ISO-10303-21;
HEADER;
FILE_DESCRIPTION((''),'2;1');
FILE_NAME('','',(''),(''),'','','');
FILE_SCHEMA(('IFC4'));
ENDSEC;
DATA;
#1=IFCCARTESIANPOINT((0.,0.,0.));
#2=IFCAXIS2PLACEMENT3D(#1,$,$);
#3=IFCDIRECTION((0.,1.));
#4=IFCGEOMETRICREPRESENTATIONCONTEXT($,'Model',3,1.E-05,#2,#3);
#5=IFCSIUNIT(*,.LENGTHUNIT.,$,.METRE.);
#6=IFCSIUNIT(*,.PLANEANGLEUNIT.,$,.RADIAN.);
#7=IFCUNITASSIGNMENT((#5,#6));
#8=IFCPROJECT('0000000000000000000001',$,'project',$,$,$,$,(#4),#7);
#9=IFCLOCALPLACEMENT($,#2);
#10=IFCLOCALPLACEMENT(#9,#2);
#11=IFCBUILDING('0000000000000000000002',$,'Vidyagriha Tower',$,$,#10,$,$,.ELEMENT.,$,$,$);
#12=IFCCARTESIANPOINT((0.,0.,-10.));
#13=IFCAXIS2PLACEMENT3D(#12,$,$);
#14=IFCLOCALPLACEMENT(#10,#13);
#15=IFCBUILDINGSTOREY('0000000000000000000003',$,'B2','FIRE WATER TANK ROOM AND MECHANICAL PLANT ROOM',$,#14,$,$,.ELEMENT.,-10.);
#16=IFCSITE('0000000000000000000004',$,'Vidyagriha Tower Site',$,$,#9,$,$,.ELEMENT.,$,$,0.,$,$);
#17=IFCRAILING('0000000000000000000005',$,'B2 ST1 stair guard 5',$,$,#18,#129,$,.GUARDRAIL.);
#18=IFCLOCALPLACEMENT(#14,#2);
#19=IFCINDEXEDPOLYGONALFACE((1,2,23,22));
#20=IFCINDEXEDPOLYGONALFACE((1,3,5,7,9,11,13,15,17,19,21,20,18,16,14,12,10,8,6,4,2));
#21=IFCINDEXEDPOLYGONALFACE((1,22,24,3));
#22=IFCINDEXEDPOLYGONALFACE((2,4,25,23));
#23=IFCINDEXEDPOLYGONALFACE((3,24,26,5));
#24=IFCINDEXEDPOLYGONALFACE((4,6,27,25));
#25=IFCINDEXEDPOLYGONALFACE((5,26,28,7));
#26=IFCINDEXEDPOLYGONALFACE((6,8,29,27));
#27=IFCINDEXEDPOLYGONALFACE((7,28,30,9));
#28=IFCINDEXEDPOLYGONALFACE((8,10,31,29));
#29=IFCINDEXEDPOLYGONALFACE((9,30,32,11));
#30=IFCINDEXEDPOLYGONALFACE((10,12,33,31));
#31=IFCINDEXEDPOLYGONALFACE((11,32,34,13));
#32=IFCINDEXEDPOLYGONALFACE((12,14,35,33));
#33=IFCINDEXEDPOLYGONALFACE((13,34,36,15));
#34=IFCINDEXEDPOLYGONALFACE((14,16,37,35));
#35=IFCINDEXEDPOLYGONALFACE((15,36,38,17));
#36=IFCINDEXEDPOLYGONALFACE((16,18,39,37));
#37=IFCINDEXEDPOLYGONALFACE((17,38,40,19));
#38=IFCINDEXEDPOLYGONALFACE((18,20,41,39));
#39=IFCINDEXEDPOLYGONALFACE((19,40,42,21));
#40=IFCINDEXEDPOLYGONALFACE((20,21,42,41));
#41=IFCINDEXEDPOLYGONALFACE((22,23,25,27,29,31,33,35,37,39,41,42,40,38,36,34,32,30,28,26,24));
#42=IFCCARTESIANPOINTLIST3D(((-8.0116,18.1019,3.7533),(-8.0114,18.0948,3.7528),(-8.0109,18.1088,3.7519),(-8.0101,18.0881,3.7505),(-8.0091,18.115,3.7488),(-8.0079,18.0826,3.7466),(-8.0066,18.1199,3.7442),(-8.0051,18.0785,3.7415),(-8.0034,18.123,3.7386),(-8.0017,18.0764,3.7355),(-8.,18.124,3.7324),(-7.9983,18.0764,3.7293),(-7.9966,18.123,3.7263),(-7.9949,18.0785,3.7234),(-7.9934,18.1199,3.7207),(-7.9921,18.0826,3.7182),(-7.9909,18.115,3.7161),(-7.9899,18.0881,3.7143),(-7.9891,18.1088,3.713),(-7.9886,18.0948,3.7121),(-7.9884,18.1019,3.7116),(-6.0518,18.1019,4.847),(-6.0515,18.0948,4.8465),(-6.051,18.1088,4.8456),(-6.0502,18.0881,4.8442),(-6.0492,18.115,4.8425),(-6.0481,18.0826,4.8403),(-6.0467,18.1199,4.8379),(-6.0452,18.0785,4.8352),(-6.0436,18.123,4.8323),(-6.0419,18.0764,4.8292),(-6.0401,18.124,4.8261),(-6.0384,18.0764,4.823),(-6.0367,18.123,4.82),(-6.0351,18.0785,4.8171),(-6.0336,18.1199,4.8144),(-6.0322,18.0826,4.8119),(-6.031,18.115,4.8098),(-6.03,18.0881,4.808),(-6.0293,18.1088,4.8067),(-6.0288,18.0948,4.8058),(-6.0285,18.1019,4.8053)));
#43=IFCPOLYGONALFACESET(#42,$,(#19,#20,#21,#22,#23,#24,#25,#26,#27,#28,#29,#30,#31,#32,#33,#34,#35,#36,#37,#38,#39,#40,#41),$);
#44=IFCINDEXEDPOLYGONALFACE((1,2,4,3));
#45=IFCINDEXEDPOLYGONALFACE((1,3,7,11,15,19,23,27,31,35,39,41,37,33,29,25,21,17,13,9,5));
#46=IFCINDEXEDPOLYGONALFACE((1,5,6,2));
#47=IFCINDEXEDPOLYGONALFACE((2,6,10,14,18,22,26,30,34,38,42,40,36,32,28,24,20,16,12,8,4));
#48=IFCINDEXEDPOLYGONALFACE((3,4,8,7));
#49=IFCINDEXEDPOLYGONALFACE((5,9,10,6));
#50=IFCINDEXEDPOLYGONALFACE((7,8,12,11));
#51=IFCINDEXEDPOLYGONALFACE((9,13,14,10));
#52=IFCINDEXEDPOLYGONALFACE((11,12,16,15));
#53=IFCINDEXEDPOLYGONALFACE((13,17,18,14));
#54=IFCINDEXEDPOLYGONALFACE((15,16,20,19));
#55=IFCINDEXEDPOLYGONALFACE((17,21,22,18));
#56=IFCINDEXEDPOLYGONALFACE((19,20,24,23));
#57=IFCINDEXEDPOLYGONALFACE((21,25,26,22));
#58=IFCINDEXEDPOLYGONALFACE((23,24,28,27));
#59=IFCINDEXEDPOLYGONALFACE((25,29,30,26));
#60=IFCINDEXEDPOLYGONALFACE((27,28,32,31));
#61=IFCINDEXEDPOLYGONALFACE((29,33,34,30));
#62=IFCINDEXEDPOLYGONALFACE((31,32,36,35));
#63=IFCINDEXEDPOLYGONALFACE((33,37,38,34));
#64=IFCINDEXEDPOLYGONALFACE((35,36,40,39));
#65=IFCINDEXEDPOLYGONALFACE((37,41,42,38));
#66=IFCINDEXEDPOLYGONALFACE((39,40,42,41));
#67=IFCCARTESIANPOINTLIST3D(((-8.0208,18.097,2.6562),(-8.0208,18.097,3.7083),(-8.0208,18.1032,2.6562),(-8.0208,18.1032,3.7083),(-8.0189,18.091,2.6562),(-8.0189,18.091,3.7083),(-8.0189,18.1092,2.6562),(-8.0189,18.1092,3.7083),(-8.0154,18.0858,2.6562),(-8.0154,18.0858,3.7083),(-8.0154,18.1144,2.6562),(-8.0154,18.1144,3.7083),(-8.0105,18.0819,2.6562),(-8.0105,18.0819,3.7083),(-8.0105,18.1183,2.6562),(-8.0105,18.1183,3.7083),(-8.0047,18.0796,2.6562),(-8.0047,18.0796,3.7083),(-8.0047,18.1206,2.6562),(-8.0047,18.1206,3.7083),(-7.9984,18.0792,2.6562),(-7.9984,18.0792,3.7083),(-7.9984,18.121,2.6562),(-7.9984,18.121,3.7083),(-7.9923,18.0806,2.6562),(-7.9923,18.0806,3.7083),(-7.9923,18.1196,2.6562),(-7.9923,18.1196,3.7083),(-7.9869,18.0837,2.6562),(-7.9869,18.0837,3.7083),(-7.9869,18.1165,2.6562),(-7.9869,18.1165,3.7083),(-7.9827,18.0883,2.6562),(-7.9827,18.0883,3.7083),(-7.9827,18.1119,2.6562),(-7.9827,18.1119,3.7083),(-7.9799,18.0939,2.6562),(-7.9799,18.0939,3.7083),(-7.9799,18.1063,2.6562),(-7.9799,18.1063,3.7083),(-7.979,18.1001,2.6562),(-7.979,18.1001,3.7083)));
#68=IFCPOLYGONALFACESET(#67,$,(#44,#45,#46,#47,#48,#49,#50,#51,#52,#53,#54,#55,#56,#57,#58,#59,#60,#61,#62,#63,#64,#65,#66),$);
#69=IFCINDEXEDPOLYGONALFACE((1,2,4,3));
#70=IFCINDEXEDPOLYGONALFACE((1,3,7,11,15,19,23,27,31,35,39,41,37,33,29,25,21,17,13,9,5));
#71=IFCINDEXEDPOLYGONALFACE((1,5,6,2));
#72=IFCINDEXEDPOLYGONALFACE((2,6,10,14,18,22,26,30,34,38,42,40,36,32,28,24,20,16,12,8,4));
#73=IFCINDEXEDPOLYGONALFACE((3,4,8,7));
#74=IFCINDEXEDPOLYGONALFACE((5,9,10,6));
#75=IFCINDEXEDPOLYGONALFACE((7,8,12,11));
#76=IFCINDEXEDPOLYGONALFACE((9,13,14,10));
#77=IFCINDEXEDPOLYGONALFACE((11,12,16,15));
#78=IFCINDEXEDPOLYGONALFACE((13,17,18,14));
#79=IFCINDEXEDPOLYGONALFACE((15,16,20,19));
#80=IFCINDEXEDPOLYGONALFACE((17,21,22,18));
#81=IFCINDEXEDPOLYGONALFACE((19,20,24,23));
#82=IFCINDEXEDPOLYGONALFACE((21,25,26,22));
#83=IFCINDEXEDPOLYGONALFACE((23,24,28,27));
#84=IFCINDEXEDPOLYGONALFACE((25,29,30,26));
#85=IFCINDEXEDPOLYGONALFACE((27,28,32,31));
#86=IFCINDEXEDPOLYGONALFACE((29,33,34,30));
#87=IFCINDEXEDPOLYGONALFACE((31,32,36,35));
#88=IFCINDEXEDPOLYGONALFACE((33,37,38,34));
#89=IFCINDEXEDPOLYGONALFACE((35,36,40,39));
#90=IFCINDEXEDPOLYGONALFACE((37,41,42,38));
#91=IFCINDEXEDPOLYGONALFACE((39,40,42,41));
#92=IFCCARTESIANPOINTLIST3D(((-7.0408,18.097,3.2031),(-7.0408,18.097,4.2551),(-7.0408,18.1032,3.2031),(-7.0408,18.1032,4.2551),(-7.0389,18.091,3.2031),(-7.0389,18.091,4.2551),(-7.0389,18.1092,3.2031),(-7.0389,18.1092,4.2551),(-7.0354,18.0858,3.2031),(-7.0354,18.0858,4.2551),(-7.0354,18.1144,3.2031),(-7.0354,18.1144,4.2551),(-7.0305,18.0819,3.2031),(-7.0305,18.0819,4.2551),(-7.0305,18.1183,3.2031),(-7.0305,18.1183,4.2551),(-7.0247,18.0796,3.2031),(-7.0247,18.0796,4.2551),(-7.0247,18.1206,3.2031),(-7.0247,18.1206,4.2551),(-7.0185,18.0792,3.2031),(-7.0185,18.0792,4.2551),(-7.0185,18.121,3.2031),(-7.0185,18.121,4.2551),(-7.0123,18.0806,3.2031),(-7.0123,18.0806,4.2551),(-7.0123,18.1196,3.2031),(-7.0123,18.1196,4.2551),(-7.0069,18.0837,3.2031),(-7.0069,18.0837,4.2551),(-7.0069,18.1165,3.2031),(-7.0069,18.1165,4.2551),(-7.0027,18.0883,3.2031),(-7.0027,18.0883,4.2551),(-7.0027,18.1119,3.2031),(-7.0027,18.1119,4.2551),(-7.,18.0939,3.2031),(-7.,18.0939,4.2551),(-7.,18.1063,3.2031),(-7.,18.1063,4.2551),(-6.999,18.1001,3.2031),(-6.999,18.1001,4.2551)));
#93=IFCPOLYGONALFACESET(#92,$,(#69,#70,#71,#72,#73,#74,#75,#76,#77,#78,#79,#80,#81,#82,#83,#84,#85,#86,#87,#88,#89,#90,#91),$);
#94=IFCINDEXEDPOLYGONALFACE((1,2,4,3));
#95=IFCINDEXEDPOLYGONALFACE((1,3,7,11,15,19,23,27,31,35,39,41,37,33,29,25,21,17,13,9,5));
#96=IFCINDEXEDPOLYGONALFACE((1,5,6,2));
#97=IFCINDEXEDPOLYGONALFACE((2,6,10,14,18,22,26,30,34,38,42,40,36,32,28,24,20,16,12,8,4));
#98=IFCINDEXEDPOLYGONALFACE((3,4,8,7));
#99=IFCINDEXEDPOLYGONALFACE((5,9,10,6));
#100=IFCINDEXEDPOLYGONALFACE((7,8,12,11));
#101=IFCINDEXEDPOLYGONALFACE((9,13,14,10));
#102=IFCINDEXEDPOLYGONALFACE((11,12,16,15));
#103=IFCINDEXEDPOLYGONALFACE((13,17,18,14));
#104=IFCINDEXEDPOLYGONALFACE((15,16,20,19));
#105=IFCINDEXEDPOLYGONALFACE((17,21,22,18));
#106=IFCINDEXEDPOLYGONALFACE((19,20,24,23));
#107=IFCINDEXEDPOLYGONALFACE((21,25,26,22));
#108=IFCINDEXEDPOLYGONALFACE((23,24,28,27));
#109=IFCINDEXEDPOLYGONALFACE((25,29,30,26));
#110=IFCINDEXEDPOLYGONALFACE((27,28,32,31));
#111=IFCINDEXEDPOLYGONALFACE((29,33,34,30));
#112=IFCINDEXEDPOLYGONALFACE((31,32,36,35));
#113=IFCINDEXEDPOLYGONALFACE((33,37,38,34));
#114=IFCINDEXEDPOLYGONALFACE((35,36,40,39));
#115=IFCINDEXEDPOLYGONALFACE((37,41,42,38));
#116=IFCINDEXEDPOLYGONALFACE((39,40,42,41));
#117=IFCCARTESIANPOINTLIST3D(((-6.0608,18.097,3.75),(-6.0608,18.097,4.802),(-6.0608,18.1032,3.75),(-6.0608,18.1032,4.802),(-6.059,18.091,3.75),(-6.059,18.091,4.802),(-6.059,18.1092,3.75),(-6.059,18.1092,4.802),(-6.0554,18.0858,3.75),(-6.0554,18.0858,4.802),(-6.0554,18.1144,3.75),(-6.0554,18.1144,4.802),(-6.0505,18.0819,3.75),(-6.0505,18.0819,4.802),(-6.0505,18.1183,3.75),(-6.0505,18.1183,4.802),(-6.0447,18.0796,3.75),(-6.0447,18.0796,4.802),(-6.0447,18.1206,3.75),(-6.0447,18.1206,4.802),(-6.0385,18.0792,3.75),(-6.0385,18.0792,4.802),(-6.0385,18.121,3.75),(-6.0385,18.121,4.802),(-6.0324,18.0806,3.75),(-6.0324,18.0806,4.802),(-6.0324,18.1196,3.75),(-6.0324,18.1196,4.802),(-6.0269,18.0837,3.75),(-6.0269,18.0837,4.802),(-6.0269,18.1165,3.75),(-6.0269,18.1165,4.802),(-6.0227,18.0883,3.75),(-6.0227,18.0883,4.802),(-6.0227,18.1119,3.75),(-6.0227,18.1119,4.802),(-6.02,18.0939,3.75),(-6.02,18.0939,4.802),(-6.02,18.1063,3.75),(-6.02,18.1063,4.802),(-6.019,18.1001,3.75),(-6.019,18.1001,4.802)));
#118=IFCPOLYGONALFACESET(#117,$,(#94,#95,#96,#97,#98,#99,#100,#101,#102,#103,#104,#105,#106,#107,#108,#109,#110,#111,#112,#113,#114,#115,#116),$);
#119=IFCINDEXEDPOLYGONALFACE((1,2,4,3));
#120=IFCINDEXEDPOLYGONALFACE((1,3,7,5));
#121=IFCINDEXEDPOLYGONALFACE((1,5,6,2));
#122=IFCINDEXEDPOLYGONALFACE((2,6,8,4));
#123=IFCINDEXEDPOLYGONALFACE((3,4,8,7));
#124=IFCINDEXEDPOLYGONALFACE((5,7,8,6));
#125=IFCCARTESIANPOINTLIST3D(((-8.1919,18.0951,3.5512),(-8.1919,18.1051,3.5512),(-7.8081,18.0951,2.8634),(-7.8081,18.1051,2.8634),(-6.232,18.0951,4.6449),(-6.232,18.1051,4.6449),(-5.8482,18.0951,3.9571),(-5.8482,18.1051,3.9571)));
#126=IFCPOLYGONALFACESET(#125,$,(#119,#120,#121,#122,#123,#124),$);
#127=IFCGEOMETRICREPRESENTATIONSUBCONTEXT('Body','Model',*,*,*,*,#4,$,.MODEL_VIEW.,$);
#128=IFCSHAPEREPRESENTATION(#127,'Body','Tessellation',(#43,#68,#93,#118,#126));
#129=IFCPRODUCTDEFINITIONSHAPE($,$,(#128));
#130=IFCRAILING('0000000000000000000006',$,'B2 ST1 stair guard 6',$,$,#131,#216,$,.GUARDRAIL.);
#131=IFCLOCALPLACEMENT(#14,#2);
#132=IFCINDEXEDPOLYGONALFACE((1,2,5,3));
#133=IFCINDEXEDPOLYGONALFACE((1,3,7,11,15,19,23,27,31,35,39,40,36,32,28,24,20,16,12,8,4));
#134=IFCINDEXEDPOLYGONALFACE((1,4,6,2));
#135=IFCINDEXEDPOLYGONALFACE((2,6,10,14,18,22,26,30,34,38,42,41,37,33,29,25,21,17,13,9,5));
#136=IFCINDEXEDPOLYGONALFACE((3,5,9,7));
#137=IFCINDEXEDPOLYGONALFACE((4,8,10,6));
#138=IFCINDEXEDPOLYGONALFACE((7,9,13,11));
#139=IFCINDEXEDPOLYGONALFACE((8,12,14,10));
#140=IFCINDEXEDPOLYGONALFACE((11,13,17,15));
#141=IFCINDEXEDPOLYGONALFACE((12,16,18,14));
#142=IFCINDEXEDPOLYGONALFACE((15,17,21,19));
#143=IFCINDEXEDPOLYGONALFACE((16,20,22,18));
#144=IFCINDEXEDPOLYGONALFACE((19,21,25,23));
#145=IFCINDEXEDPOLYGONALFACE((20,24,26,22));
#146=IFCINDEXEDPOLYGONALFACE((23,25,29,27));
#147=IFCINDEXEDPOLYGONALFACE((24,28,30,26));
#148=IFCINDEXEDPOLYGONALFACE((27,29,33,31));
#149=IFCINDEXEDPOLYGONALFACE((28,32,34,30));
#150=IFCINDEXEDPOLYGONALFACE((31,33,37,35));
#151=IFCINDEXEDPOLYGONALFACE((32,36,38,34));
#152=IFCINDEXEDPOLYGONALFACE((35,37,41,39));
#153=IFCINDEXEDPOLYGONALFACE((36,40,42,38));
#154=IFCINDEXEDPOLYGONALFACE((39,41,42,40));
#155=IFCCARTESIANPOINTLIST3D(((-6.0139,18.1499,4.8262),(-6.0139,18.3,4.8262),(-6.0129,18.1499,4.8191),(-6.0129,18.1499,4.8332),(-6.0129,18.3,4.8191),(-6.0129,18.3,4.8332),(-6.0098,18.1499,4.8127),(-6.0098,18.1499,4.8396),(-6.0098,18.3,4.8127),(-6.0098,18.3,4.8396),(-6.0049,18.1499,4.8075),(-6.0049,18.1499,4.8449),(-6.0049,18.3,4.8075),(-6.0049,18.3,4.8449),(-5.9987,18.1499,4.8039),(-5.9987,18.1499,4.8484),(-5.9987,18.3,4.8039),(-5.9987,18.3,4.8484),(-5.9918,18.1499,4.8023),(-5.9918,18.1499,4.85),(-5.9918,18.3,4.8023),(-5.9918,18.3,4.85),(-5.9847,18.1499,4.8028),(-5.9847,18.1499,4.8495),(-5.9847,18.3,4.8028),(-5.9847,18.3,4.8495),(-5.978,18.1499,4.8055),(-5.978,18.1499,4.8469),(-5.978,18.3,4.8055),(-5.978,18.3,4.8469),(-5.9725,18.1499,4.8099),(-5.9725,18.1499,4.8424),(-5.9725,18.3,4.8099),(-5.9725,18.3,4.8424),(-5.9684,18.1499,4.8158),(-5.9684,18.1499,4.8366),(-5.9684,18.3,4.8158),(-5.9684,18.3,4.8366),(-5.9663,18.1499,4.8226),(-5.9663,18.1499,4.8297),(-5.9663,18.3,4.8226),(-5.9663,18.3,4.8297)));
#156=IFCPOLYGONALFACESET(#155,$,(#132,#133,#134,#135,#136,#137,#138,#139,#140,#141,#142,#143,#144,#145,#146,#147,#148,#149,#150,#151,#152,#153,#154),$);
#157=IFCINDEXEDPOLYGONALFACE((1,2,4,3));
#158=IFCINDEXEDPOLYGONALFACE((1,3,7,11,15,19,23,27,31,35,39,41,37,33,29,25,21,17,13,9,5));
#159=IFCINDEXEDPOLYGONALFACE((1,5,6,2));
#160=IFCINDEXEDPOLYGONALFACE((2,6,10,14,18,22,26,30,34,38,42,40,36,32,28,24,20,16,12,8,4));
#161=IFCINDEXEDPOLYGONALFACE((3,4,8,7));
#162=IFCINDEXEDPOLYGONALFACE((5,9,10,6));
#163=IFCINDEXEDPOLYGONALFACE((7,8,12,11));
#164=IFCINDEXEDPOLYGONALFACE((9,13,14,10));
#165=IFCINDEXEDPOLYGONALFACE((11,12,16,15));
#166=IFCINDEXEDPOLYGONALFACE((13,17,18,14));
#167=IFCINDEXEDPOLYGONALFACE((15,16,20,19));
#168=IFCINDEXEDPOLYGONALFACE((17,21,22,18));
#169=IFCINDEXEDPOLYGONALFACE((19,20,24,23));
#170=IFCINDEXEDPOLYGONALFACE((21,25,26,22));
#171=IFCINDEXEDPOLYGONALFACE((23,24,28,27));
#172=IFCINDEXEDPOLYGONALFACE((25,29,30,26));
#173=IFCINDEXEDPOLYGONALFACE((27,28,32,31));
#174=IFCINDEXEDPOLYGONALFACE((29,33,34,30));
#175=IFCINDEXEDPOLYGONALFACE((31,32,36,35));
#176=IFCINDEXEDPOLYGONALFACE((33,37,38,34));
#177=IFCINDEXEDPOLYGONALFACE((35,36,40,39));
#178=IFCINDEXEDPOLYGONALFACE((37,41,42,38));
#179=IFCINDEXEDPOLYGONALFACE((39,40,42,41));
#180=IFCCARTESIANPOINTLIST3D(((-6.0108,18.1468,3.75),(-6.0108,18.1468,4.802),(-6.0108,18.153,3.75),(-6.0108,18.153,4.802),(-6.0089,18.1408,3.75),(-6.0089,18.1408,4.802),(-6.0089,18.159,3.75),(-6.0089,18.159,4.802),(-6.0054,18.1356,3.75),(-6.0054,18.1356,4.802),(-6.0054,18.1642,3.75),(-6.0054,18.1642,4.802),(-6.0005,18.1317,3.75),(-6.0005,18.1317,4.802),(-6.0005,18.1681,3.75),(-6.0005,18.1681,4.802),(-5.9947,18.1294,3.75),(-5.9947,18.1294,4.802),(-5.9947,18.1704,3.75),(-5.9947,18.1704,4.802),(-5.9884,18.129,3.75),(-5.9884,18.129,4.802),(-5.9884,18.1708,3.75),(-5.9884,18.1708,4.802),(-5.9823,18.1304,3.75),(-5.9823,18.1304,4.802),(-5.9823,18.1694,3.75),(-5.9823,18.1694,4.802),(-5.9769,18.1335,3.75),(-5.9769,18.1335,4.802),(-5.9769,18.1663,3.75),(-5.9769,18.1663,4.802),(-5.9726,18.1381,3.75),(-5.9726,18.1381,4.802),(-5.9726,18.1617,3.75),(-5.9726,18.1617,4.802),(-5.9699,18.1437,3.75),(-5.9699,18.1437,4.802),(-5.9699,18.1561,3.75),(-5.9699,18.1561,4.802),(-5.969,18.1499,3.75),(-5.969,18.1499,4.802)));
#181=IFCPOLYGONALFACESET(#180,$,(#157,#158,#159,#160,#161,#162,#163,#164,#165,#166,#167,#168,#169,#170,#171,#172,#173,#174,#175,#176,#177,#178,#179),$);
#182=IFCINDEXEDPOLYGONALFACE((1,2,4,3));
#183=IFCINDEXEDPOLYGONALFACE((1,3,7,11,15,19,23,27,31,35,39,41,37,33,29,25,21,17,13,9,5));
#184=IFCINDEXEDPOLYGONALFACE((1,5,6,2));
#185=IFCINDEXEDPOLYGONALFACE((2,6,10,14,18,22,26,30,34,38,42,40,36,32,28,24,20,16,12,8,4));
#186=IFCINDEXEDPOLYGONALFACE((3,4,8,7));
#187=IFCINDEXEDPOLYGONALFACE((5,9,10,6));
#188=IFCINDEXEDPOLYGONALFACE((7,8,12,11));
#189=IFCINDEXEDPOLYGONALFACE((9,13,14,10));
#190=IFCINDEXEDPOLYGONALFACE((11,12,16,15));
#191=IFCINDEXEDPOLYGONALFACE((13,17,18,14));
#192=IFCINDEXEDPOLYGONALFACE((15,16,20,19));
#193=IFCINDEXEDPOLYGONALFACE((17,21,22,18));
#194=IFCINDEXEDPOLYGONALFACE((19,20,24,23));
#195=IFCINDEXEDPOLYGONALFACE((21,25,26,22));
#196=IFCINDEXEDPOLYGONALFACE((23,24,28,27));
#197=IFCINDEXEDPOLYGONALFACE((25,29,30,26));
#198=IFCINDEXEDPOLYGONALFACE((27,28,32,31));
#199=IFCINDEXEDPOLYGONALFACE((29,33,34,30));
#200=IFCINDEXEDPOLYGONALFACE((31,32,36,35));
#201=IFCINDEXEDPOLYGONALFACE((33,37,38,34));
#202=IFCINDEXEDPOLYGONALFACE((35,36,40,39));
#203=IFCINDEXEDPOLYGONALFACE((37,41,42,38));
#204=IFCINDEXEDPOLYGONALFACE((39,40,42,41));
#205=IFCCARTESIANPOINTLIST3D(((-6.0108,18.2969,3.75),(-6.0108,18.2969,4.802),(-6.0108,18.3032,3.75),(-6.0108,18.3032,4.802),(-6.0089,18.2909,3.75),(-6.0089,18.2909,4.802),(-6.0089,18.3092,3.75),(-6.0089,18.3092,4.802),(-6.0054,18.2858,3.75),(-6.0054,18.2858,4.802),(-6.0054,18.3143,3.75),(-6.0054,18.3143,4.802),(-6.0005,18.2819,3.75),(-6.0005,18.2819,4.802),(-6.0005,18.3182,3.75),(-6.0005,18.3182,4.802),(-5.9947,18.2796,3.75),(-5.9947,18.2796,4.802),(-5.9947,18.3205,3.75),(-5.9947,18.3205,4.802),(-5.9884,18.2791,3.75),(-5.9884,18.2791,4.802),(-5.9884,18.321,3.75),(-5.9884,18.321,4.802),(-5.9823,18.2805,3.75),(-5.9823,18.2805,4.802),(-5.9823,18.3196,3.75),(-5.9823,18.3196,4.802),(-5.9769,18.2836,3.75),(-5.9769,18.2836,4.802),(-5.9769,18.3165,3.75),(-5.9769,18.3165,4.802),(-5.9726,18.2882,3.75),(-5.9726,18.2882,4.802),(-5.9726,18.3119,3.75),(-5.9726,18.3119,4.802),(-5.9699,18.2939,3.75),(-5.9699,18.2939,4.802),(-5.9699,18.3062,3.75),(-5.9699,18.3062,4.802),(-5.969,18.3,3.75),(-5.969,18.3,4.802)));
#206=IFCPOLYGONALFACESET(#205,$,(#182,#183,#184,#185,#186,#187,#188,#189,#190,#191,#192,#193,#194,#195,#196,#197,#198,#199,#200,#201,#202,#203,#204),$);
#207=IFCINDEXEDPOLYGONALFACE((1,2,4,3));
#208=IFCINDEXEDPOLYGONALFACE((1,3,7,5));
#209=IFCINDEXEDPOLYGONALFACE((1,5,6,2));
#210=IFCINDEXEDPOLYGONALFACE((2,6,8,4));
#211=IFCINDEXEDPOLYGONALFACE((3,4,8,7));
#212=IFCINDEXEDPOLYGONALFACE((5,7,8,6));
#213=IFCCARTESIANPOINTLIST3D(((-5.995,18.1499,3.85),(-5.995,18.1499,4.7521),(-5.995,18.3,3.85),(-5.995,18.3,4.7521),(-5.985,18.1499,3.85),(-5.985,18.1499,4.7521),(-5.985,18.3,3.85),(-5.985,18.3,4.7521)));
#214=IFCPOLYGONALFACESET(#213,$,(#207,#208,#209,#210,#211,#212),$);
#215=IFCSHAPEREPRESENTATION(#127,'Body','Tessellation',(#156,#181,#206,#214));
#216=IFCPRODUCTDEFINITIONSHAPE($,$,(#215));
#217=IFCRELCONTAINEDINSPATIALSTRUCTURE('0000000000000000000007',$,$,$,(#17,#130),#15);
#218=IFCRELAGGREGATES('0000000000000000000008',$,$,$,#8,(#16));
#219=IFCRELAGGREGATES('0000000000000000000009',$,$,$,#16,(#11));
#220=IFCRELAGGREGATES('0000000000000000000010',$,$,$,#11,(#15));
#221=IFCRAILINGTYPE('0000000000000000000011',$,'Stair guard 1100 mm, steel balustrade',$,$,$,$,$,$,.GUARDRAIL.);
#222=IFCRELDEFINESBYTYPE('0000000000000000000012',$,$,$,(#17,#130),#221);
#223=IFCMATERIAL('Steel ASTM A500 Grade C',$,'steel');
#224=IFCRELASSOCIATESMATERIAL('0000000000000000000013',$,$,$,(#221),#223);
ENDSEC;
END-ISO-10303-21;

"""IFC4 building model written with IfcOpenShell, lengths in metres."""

from ifc_helpers import new_model, si_unit, direction, frame, origin, origin_2d, place, context, subcontext, project, spatial, rectangle, circle, extrude, material, type_object, element, save


model = new_model("IFC4")

# Units and contexts
model_context = context("Model", 3, precision=1e-05, world=origin(), true_north=direction((0.0, 1.0)))
body_context = subcontext(model_context, "Body", "Model", "MODEL_VIEW")
ifc_project = project(units=[si_unit("LENGTHUNIT", "METRE"), si_unit("PLANEANGLEUNIT", "RADIAN")], contexts=[model_context])

# Site, building, storey
site_placement = place(None, origin())
site = spatial("IfcSite", under=ifc_project, at=site_placement, Name="Vidyagriha Tower Site", CompositionType="ELEMENT", RefElevation=0.0)
building_placement = place(site_placement, origin())
building = spatial("IfcBuilding", under=site, at=building_placement, Name="Vidyagriha Tower", CompositionType="ELEMENT")
storey_placement = place(building_placement, frame((0.0, 0.0, -10.0)))
storey = spatial("IfcBuildingStorey", under=building, at=storey_placement, Name="B2", Description="FIRE WATER TANK ROOM AND MECHANICAL PLANT ROOM", CompositionType="ELEMENT", Elevation=-10.0)

# Railings
ifc_material_1 = material(Name="Steel ASTM A500 Grade C", Category="steel")
railing_type_1 = type_object("IfcRailingType", Name="Stair guard 1100 mm, steel balustrade", PredefinedType="GUARDRAIL", material=ifc_material_1)
railing_1_placement = place(storey_placement, frame((-8.0, 18.1001, 2.6562)))
element("IfcRailing", 1, at=railing_1_placement, inside=storey, type_object=railing_type_1, Name="B2 ST1 stair guard 5", PredefinedType="GUARDRAIL", context=body_context, shape_type="SweptSolid", body=[
    extrude(circle(Radius=0.0239, at=origin_2d()), frame((0.0, 0.0, 1.0762), z_axis=(0.873232, 0.0, 0.487304), x_axis=(0.0, 1.0, 0.0)), (0.0, 0.0, 1.0), 2.2444),
    extrude(circle(Radius=0.021, at=origin_2d()), origin(), (0.0, 0.0, 1.0), 1.052),
    extrude(circle(Radius=0.021, at=origin_2d()), frame((0.98, 0.0, 0.5469)), (0.0, 0.0, 1.0), 1.052),
    extrude(circle(Radius=0.021, at=origin_2d()), frame((1.96, 0.0, 1.0938)), (0.0, 0.0, 1.0), 1.052),
    extrude(rectangle(XDim=0.01, YDim=0.7876, at=origin_2d()), frame((0.0, 0.0, 0.551), z_axis=(0.873232, 0.0, 0.487304), x_axis=(0.0, 1.0, 0.0)), (0.0, 0.0, 1.0), 2.2444),
])
railing_2_placement = place(storey_placement, frame((-5.99, 18.1499, 3.75)))
element("IfcRailing", 2, at=railing_2_placement, inside=storey, type_object=railing_type_1, Name="B2 ST1 stair guard 6", PredefinedType="GUARDRAIL", context=body_context, shape_type="SweptSolid", body=[
    extrude(circle(Radius=0.0239, at=origin_2d()), frame((0.0, 0.0, 1.0762), z_axis=(0.0, 1.0, 0.0), x_axis=(-1.0, 0.0, 0.0)), (0.0, 0.0, 1.0), 0.1501),
    extrude(circle(Radius=0.021, at=origin_2d()), origin(), (0.0, 0.0, 1.0), 1.052),
    extrude(circle(Radius=0.021, at=origin_2d()), frame((0.0, 0.1501, 0.0)), (0.0, 0.0, 1.0), 1.052),
    extrude(rectangle(XDim=0.01, YDim=0.9021, at=origin_2d()), frame((0.0, 0.0, 0.551), z_axis=(0.0, 1.0, 0.0), x_axis=(-1.0, 0.0, 0.0)), (0.0, 0.0, 1.0), 0.1501),
])

save(model, "model.ifc")
